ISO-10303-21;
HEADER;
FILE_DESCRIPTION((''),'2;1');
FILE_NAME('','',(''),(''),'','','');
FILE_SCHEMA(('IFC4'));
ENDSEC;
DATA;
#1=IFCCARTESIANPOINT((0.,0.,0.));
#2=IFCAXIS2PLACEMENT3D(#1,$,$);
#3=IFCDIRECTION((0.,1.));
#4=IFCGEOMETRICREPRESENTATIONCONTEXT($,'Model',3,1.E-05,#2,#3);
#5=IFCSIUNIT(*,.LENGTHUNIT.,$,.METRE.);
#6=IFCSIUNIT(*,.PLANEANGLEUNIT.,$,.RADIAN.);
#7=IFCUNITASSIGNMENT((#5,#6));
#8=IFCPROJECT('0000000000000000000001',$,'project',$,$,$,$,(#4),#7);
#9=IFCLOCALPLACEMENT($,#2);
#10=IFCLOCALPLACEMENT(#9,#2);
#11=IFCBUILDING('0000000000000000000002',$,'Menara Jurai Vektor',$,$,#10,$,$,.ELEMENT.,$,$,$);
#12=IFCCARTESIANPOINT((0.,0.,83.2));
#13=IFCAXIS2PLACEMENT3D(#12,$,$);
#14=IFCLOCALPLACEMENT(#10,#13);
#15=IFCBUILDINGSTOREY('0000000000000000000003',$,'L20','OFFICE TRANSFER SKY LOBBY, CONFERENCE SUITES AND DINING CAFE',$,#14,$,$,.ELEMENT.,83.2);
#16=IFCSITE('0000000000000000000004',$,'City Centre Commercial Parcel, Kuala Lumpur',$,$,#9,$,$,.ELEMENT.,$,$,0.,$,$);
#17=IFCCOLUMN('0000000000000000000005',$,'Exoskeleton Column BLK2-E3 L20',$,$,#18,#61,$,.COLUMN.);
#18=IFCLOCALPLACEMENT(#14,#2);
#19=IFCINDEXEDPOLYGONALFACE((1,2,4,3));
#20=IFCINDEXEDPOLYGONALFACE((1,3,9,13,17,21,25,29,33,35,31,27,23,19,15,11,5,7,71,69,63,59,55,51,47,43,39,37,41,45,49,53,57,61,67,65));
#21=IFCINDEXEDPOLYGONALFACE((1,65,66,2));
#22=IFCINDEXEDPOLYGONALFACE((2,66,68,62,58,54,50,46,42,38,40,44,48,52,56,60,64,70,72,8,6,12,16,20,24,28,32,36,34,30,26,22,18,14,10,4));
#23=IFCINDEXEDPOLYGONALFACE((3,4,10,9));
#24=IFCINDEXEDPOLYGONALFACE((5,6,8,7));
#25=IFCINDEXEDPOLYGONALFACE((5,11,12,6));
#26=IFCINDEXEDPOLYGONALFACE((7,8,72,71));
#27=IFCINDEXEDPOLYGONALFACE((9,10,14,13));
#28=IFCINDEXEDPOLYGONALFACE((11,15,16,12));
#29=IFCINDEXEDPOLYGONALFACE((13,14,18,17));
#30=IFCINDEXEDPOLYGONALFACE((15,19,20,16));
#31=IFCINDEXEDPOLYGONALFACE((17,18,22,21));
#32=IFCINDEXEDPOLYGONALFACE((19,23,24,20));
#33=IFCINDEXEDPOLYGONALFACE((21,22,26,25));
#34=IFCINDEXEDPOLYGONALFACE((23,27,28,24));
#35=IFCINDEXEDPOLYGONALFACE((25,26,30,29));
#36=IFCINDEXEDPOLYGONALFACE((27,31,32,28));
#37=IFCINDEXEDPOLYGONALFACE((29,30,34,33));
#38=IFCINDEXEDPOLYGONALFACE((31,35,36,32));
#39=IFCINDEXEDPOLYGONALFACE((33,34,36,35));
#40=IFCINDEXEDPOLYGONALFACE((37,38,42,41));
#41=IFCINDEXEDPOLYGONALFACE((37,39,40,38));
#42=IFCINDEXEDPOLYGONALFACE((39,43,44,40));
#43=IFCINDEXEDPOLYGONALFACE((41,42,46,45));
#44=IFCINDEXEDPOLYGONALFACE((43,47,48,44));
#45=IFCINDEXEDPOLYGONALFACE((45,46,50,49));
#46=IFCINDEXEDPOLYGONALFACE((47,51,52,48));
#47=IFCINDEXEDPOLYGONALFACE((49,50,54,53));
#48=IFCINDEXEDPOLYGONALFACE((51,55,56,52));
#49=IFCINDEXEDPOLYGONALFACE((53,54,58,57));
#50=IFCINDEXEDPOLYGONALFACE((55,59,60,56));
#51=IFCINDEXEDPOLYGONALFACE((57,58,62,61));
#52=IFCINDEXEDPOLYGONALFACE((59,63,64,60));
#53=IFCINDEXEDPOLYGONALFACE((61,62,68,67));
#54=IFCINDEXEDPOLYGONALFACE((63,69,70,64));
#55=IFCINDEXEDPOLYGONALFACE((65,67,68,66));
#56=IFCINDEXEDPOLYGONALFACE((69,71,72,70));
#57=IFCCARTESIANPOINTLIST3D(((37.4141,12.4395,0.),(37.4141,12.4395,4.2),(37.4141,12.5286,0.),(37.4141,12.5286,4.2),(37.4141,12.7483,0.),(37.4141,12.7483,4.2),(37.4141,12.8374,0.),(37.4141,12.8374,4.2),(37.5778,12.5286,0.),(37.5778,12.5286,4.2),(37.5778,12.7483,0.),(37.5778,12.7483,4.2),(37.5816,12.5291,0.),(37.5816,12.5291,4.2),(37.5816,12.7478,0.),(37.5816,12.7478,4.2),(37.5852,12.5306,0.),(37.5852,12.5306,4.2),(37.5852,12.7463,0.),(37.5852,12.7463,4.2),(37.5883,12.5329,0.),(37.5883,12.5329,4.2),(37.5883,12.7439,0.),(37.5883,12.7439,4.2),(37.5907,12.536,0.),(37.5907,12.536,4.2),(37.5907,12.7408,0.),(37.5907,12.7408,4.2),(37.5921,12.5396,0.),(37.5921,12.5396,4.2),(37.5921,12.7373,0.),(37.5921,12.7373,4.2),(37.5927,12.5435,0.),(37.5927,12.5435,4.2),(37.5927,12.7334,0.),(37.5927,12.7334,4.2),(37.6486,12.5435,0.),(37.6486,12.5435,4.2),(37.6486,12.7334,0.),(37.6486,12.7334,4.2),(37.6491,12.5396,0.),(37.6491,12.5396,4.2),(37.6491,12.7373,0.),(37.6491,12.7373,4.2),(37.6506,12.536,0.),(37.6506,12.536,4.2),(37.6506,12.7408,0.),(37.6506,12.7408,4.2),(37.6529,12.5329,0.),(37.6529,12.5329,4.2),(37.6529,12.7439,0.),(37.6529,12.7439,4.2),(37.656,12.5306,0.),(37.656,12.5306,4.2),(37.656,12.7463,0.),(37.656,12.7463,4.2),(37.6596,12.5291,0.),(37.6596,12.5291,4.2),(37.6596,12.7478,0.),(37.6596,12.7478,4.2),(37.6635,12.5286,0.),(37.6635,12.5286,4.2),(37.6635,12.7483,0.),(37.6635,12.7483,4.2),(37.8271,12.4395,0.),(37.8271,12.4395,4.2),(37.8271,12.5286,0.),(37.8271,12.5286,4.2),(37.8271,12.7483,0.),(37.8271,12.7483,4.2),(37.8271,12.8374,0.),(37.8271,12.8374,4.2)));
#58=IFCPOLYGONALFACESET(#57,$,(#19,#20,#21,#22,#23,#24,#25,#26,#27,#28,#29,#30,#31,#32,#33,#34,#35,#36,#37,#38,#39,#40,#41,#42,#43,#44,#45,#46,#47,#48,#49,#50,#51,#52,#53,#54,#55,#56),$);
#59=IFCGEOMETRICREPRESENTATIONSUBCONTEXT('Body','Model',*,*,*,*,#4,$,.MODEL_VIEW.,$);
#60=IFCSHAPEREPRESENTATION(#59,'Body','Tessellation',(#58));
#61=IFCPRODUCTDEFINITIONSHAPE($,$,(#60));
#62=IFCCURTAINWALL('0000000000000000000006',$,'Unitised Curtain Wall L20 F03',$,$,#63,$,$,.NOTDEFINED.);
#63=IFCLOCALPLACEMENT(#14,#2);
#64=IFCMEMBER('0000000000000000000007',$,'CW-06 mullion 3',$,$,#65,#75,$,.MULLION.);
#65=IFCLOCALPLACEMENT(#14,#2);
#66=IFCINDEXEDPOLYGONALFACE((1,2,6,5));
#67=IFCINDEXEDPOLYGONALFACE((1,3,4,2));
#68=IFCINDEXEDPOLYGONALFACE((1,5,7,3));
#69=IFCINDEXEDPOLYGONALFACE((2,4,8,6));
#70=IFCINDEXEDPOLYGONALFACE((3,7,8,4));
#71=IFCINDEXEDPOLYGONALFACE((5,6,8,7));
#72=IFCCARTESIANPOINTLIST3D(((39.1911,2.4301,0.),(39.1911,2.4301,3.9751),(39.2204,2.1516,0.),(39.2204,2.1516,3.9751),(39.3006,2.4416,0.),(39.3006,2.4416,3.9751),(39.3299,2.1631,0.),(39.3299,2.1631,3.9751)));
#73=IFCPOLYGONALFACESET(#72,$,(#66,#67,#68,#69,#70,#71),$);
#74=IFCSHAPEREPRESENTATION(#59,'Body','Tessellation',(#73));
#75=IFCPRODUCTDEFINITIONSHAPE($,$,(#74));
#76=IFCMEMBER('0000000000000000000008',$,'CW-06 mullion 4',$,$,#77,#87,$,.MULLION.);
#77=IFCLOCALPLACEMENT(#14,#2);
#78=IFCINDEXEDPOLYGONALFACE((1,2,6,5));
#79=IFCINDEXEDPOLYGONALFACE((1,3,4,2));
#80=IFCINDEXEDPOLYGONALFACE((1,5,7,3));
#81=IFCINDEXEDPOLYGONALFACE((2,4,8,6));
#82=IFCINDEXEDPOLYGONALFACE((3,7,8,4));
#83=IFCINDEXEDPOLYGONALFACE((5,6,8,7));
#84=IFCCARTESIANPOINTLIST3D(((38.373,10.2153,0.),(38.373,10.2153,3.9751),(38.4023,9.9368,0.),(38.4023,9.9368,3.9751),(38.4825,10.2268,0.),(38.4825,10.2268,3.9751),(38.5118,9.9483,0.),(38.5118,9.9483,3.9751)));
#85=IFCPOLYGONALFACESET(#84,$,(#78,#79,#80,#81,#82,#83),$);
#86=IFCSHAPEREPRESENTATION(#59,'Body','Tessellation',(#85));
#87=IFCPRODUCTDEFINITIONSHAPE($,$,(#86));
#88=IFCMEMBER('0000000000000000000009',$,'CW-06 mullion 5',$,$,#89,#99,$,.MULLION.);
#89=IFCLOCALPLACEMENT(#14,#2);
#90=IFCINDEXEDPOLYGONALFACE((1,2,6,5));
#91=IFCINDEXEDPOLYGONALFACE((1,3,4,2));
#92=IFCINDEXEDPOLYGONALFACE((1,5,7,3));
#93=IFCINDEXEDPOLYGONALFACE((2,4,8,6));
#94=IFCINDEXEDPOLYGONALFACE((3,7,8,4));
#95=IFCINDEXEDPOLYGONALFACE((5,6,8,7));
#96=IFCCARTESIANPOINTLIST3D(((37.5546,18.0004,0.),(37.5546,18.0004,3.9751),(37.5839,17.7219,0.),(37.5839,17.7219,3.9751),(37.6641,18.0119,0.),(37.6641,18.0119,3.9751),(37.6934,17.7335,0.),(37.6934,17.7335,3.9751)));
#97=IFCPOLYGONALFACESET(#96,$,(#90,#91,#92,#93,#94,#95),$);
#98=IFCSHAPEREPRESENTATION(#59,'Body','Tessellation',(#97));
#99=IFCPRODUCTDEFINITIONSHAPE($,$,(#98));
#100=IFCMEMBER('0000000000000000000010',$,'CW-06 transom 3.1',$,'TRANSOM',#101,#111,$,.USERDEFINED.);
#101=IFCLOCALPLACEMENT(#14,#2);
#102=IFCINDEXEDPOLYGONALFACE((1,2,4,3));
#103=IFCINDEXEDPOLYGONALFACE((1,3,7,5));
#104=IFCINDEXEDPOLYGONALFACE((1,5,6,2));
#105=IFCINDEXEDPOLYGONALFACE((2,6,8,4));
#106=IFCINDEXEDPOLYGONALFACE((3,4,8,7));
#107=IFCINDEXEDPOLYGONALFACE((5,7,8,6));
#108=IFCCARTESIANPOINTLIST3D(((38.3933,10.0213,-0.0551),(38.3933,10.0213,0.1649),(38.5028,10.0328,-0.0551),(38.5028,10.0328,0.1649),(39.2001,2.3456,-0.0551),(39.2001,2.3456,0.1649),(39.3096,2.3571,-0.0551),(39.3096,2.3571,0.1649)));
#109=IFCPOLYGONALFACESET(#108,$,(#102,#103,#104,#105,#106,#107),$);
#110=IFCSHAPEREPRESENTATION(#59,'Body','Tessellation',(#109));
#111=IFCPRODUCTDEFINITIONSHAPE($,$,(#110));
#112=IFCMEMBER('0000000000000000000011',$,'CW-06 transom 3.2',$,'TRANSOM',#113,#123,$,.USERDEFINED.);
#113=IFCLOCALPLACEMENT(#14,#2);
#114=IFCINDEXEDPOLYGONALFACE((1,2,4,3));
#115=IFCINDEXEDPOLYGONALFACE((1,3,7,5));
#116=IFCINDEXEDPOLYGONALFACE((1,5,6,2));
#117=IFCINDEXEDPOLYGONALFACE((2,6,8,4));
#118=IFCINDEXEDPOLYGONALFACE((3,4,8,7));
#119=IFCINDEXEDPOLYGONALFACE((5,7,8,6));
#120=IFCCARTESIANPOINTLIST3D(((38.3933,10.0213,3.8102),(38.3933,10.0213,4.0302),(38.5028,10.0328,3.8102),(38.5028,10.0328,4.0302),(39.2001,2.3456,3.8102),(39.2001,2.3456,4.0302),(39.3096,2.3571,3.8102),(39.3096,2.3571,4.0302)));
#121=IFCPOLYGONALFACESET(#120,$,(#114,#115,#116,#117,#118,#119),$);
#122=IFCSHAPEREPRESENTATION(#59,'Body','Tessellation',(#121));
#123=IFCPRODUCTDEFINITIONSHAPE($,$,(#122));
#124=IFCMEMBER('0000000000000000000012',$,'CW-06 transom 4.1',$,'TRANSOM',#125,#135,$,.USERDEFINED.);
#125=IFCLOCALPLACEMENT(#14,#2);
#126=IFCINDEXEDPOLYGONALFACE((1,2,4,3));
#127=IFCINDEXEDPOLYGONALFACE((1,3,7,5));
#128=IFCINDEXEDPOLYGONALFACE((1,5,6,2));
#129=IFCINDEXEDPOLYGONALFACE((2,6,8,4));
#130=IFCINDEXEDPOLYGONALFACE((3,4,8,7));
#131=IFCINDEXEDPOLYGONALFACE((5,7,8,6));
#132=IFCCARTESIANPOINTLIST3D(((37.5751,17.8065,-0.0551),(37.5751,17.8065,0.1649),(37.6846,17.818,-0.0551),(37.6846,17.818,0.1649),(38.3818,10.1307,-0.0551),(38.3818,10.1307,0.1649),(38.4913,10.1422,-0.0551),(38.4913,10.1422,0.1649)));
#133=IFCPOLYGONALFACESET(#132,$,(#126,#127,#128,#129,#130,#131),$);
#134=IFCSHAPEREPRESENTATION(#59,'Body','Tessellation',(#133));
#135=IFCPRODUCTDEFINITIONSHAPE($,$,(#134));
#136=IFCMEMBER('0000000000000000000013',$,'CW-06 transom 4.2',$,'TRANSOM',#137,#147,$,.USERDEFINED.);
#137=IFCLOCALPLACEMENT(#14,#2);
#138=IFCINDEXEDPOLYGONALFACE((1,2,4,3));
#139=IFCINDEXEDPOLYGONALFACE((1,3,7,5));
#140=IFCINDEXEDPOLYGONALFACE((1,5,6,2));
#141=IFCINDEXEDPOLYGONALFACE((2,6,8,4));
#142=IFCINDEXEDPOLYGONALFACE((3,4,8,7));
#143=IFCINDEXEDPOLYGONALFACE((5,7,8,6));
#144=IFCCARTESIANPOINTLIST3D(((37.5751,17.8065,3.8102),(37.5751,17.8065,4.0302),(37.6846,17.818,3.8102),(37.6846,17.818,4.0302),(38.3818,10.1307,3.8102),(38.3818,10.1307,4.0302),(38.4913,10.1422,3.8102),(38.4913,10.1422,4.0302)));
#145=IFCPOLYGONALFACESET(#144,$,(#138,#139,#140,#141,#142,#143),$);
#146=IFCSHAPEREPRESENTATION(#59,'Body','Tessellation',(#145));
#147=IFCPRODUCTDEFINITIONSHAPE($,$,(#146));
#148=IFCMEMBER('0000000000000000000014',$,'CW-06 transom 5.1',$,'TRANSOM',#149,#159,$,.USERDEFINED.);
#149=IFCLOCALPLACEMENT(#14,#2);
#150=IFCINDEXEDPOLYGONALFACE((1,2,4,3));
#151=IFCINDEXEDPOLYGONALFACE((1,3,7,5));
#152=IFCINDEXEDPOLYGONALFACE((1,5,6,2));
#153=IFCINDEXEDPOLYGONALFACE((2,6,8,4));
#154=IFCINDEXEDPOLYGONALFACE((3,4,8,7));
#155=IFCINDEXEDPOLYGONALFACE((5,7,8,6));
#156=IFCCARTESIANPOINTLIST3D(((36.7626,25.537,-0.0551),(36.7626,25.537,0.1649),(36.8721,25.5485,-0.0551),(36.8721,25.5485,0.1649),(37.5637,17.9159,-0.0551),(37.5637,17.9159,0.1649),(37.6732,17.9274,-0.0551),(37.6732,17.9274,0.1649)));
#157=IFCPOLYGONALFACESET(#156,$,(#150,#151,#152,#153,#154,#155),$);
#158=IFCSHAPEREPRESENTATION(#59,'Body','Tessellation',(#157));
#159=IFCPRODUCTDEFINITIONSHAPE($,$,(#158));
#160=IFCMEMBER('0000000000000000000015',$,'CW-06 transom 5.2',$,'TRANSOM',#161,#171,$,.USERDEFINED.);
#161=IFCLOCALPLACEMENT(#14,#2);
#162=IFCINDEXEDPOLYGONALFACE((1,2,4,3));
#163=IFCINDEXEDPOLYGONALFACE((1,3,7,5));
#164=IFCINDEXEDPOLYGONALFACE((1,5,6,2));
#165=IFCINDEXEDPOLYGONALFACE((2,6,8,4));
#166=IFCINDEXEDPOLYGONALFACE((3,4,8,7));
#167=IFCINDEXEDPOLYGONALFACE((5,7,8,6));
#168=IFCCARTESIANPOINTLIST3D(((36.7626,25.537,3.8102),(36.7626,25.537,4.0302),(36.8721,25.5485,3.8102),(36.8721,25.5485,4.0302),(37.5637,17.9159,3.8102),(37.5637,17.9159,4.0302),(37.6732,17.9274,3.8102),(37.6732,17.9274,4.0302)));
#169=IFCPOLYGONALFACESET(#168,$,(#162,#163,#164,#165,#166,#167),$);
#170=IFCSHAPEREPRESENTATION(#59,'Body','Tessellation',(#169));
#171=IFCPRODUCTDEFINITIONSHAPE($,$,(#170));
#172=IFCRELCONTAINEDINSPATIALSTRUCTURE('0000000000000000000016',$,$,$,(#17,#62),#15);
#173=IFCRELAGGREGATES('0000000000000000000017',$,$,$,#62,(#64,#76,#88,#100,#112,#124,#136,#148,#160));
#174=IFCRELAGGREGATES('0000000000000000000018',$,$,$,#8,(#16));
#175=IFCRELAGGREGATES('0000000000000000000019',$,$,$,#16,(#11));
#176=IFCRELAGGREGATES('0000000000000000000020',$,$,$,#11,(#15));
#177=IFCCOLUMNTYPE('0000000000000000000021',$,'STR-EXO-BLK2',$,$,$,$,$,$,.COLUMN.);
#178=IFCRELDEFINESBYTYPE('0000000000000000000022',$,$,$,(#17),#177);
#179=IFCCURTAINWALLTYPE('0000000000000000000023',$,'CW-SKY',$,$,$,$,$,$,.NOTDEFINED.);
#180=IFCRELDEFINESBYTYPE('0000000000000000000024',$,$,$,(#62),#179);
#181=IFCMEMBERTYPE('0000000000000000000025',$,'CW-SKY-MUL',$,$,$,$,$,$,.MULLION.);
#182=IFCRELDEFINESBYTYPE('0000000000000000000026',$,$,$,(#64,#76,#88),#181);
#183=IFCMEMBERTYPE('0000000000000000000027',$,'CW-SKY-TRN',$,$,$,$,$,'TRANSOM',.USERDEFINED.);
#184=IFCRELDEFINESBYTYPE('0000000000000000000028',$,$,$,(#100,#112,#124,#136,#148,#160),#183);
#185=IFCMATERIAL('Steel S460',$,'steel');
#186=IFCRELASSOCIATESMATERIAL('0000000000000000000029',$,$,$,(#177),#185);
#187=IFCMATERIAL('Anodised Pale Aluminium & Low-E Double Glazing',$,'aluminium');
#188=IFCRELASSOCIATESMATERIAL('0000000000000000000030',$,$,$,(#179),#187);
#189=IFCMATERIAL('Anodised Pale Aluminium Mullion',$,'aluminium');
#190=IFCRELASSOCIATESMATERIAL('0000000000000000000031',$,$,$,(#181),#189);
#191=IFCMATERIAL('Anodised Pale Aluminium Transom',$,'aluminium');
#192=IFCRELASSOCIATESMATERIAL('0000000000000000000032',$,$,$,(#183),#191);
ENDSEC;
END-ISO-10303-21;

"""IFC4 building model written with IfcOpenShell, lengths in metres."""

from ifc_helpers import new_model, si_unit, direction, frame, origin, origin_2d, place, context, subcontext, project, spatial, rectangle, i_section, extrude, material, material_profile, profile_set, type_object, element, aggregate, save


model = new_model("IFC4")

# Units and contexts
model_context = context("Model", 3, precision=1e-05, world=origin(), true_north=direction((0.0, 1.0)))
body_context = subcontext(model_context, "Body", "Model", "MODEL_VIEW")
ifc_project = project(units=[si_unit("LENGTHUNIT", "METRE"), si_unit("PLANEANGLEUNIT", "RADIAN")], contexts=[model_context])

# Site, building, storey
site_placement = place(None, origin())
site = spatial("IfcSite", under=ifc_project, at=site_placement, Name="City Centre Commercial Parcel, Kuala Lumpur", CompositionType="ELEMENT", RefElevation=0.0)
building_placement = place(site_placement, origin())
building = spatial("IfcBuilding", under=site, at=building_placement, Name="Menara Jurai Vektor", CompositionType="ELEMENT")
storey_placement = place(building_placement, frame((0.0, 0.0, 83.2)))
storey = spatial("IfcBuildingStorey", under=building, at=storey_placement, Name="L20", Description="OFFICE TRANSFER SKY LOBBY, CONFERENCE SUITES AND DINING CAFE", CompositionType="ELEMENT", Elevation=83.2)

# Column
ifc_material_1 = material(Name="Steel S460", Category="steel")
ifc_material_profile_1 = material_profile(ifc_material_1, i_section(OverallWidth=0.4131, OverallDepth=0.3979, WebThickness=0.0559, FlangeThickness=0.0891, FilletRadius=0.0149, at=origin_2d()), Name="HD 400x744")
ifc_profile_set_1 = profile_set([ifc_material_profile_1], Name="Steel S460")
column_type = type_object("IfcColumnType", Name="STR-EXO-BLK2", PredefinedType="COLUMN", material=ifc_profile_set_1)
column_placement = place(storey_placement, frame((37.6206, 12.6384, 0.0), z_axis=(0.0, 0.0, 1.0), x_axis=(1.0, 0.0, 0.0)))
element("IfcColumn", 1, at=column_placement, inside=storey, type_object=column_type, Name="Exoskeleton Column BLK2-E3 L20", PredefinedType="COLUMN", context=body_context, shape_type="SweptSolid", body=[
    extrude(i_section(OverallWidth=0.4131, OverallDepth=0.3979, WebThickness=0.0559, FlangeThickness=0.0891, FilletRadius=0.0149, at=origin_2d()), origin(), (0.0, 0.0, 1.0), 4.2),
])

# Curtain wall, members
ifc_material_2 = material(Name="Anodised Pale Aluminium & Low-E Double Glazing", Category="aluminium")
curtain_wall_type = type_object("IfcCurtainWallType", Name="CW-SKY", PredefinedType="NOTDEFINED", material=ifc_material_2)
curtain_wall_placement = place(storey_placement, origin())
curtain_wall = element("IfcCurtainWall", 2, at=curtain_wall_placement, inside=storey, type_object=curtain_wall_type, Name="Unitised Curtain Wall L20 F03", PredefinedType="NOTDEFINED")
ifc_material_3 = material(Name="Anodised Pale Aluminium Mullion", Category="aluminium")
ifc_material_profile_2 = material_profile(ifc_material_3, rectangle(XDim=0.1101, YDim=0.28, at=origin_2d()), Name="ALU MUL 110x280")
ifc_profile_set_2 = profile_set([ifc_material_profile_2], Name="Anodised Pale Aluminium Mullion")
member_type_1 = type_object("IfcMemberType", Name="CW-SKY-MUL", PredefinedType="MULLION", material=ifc_profile_set_2)
member_1_placement = place(storey_placement, frame((39.2605, 2.2966, 0.0), z_axis=(0.0, 0.0, 1.0), x_axis=(-0.994522, -0.10453, 0.0)))
member_1 = element("IfcMember", 3, at=member_1_placement, type_object=member_type_1, Name="CW-06 mullion 3", PredefinedType="MULLION", context=body_context, shape_type="SweptSolid", body=[
    extrude(rectangle(XDim=0.1101, YDim=0.28, at=origin_2d()), origin(), (0.0, 0.0, 1.0), 3.9751),
])
member_2_placement = place(storey_placement, frame((38.4424, 10.0818, 0.0), z_axis=(0.0, 0.0, 1.0), x_axis=(-0.994522, -0.10453, 0.0)))
member_2 = element("IfcMember", 4, at=member_2_placement, type_object=member_type_1, Name="CW-06 mullion 4", PredefinedType="MULLION", context=body_context, shape_type="SweptSolid", body=[
    extrude(rectangle(XDim=0.1101, YDim=0.28, at=origin_2d()), origin(), (0.0, 0.0, 1.0), 3.9751),
])
member_3_placement = place(storey_placement, frame((37.624, 17.8669, 0.0), z_axis=(0.0, 0.0, 1.0), x_axis=(-0.994522, -0.10453, 0.0)))
member_3 = element("IfcMember", 5, at=member_3_placement, type_object=member_type_1, Name="CW-06 mullion 5", PredefinedType="MULLION", context=body_context, shape_type="SweptSolid", body=[
    extrude(rectangle(XDim=0.1101, YDim=0.28, at=origin_2d()), origin(), (0.0, 0.0, 1.0), 3.9751),
])
ifc_material_4 = material(Name="Anodised Pale Aluminium Transom", Category="aluminium")
ifc_material_profile_3 = material_profile(ifc_material_4, rectangle(XDim=0.1101, YDim=0.22, at=origin_2d()), Name="ALU TRN 110x220")
ifc_profile_set_3 = profile_set([ifc_material_profile_3], Name="Anodised Pale Aluminium Transom")
member_type_2 = type_object("IfcMemberType", Name="CW-SKY-TRN", ElementType="TRANSOM", PredefinedType="USERDEFINED", material=ifc_profile_set_3)
member_4_placement = place(storey_placement, frame((39.2549, 2.3513, 0.0549), z_axis=(-0.104545, 0.99452, 0.0), x_axis=(-0.99452, -0.104545, 0.0)))
member_4 = element("IfcMember", 6, at=member_4_placement, type_object=member_type_2, Name="CW-06 transom 3.1", ObjectType="TRANSOM", PredefinedType="USERDEFINED", context=body_context, shape_type="SweptSolid", body=[
    extrude(rectangle(XDim=0.1101, YDim=0.22, at=origin_2d()), origin(), (0.0, 0.0, 1.0), 7.718),
])
member_5_placement = place(storey_placement, frame((39.2549, 2.3513, 3.9202), z_axis=(-0.104545, 0.99452, 0.0), x_axis=(-0.99452, -0.104545, 0.0)))
member_5 = element("IfcMember", 7, at=member_5_placement, type_object=member_type_2, Name="CW-06 transom 3.2", ObjectType="TRANSOM", PredefinedType="USERDEFINED", context=body_context, shape_type="SweptSolid", body=[
    extrude(rectangle(XDim=0.1101, YDim=0.22, at=origin_2d()), origin(), (0.0, 0.0, 1.0), 7.718),
])
member_6_placement = place(storey_placement, frame((38.4365, 10.1365, 0.0549), z_axis=(-0.104514, 0.994523, 0.0), x_axis=(-0.994523, -0.104514, 0.0)))
member_6 = element("IfcMember", 8, at=member_6_placement, type_object=member_type_2, Name="CW-06 transom 4.1", ObjectType="TRANSOM", PredefinedType="USERDEFINED", context=body_context, shape_type="SweptSolid", body=[
    extrude(rectangle(XDim=0.1101, YDim=0.22, at=origin_2d()), origin(), (0.0, 0.0, 1.0), 7.718),
])
member_7_placement = place(storey_placement, frame((38.4365, 10.1365, 3.9202), z_axis=(-0.104514, 0.994523, 0.0), x_axis=(-0.994523, -0.104514, 0.0)))
member_7 = element("IfcMember", 9, at=member_7_placement, type_object=member_type_2, Name="CW-06 transom 4.2", ObjectType="TRANSOM", PredefinedType="USERDEFINED", context=body_context, shape_type="SweptSolid", body=[
    extrude(rectangle(XDim=0.1101, YDim=0.22, at=origin_2d()), origin(), (0.0, 0.0, 1.0), 7.718),
])
member_8_placement = place(storey_placement, frame((37.6184, 17.9216, 0.0549), z_axis=(-0.104531, 0.994522, 0.0), x_axis=(-0.994522, -0.104531, 0.0)))
member_8 = element("IfcMember", 10, at=member_8_placement, type_object=member_type_2, Name="CW-06 transom 5.1", ObjectType="TRANSOM", PredefinedType="USERDEFINED", context=body_context, shape_type="SweptSolid", body=[
    extrude(rectangle(XDim=0.1101, YDim=0.22, at=origin_2d()), origin(), (0.0, 0.0, 1.0), 7.6631),
])
member_9_placement = place(storey_placement, frame((37.6184, 17.9216, 3.9202), z_axis=(-0.104531, 0.994522, 0.0), x_axis=(-0.994522, -0.104531, 0.0)))
member_9 = element("IfcMember", 11, at=member_9_placement, type_object=member_type_2, Name="CW-06 transom 5.2", ObjectType="TRANSOM", PredefinedType="USERDEFINED", context=body_context, shape_type="SweptSolid", body=[
    extrude(rectangle(XDim=0.1101, YDim=0.22, at=origin_2d()), origin(), (0.0, 0.0, 1.0), 7.6631),
])

aggregate(curtain_wall, [member_1, member_2, member_3, member_4, member_5, member_6, member_7, member_8, member_9])

save(model, "model.ifc")
